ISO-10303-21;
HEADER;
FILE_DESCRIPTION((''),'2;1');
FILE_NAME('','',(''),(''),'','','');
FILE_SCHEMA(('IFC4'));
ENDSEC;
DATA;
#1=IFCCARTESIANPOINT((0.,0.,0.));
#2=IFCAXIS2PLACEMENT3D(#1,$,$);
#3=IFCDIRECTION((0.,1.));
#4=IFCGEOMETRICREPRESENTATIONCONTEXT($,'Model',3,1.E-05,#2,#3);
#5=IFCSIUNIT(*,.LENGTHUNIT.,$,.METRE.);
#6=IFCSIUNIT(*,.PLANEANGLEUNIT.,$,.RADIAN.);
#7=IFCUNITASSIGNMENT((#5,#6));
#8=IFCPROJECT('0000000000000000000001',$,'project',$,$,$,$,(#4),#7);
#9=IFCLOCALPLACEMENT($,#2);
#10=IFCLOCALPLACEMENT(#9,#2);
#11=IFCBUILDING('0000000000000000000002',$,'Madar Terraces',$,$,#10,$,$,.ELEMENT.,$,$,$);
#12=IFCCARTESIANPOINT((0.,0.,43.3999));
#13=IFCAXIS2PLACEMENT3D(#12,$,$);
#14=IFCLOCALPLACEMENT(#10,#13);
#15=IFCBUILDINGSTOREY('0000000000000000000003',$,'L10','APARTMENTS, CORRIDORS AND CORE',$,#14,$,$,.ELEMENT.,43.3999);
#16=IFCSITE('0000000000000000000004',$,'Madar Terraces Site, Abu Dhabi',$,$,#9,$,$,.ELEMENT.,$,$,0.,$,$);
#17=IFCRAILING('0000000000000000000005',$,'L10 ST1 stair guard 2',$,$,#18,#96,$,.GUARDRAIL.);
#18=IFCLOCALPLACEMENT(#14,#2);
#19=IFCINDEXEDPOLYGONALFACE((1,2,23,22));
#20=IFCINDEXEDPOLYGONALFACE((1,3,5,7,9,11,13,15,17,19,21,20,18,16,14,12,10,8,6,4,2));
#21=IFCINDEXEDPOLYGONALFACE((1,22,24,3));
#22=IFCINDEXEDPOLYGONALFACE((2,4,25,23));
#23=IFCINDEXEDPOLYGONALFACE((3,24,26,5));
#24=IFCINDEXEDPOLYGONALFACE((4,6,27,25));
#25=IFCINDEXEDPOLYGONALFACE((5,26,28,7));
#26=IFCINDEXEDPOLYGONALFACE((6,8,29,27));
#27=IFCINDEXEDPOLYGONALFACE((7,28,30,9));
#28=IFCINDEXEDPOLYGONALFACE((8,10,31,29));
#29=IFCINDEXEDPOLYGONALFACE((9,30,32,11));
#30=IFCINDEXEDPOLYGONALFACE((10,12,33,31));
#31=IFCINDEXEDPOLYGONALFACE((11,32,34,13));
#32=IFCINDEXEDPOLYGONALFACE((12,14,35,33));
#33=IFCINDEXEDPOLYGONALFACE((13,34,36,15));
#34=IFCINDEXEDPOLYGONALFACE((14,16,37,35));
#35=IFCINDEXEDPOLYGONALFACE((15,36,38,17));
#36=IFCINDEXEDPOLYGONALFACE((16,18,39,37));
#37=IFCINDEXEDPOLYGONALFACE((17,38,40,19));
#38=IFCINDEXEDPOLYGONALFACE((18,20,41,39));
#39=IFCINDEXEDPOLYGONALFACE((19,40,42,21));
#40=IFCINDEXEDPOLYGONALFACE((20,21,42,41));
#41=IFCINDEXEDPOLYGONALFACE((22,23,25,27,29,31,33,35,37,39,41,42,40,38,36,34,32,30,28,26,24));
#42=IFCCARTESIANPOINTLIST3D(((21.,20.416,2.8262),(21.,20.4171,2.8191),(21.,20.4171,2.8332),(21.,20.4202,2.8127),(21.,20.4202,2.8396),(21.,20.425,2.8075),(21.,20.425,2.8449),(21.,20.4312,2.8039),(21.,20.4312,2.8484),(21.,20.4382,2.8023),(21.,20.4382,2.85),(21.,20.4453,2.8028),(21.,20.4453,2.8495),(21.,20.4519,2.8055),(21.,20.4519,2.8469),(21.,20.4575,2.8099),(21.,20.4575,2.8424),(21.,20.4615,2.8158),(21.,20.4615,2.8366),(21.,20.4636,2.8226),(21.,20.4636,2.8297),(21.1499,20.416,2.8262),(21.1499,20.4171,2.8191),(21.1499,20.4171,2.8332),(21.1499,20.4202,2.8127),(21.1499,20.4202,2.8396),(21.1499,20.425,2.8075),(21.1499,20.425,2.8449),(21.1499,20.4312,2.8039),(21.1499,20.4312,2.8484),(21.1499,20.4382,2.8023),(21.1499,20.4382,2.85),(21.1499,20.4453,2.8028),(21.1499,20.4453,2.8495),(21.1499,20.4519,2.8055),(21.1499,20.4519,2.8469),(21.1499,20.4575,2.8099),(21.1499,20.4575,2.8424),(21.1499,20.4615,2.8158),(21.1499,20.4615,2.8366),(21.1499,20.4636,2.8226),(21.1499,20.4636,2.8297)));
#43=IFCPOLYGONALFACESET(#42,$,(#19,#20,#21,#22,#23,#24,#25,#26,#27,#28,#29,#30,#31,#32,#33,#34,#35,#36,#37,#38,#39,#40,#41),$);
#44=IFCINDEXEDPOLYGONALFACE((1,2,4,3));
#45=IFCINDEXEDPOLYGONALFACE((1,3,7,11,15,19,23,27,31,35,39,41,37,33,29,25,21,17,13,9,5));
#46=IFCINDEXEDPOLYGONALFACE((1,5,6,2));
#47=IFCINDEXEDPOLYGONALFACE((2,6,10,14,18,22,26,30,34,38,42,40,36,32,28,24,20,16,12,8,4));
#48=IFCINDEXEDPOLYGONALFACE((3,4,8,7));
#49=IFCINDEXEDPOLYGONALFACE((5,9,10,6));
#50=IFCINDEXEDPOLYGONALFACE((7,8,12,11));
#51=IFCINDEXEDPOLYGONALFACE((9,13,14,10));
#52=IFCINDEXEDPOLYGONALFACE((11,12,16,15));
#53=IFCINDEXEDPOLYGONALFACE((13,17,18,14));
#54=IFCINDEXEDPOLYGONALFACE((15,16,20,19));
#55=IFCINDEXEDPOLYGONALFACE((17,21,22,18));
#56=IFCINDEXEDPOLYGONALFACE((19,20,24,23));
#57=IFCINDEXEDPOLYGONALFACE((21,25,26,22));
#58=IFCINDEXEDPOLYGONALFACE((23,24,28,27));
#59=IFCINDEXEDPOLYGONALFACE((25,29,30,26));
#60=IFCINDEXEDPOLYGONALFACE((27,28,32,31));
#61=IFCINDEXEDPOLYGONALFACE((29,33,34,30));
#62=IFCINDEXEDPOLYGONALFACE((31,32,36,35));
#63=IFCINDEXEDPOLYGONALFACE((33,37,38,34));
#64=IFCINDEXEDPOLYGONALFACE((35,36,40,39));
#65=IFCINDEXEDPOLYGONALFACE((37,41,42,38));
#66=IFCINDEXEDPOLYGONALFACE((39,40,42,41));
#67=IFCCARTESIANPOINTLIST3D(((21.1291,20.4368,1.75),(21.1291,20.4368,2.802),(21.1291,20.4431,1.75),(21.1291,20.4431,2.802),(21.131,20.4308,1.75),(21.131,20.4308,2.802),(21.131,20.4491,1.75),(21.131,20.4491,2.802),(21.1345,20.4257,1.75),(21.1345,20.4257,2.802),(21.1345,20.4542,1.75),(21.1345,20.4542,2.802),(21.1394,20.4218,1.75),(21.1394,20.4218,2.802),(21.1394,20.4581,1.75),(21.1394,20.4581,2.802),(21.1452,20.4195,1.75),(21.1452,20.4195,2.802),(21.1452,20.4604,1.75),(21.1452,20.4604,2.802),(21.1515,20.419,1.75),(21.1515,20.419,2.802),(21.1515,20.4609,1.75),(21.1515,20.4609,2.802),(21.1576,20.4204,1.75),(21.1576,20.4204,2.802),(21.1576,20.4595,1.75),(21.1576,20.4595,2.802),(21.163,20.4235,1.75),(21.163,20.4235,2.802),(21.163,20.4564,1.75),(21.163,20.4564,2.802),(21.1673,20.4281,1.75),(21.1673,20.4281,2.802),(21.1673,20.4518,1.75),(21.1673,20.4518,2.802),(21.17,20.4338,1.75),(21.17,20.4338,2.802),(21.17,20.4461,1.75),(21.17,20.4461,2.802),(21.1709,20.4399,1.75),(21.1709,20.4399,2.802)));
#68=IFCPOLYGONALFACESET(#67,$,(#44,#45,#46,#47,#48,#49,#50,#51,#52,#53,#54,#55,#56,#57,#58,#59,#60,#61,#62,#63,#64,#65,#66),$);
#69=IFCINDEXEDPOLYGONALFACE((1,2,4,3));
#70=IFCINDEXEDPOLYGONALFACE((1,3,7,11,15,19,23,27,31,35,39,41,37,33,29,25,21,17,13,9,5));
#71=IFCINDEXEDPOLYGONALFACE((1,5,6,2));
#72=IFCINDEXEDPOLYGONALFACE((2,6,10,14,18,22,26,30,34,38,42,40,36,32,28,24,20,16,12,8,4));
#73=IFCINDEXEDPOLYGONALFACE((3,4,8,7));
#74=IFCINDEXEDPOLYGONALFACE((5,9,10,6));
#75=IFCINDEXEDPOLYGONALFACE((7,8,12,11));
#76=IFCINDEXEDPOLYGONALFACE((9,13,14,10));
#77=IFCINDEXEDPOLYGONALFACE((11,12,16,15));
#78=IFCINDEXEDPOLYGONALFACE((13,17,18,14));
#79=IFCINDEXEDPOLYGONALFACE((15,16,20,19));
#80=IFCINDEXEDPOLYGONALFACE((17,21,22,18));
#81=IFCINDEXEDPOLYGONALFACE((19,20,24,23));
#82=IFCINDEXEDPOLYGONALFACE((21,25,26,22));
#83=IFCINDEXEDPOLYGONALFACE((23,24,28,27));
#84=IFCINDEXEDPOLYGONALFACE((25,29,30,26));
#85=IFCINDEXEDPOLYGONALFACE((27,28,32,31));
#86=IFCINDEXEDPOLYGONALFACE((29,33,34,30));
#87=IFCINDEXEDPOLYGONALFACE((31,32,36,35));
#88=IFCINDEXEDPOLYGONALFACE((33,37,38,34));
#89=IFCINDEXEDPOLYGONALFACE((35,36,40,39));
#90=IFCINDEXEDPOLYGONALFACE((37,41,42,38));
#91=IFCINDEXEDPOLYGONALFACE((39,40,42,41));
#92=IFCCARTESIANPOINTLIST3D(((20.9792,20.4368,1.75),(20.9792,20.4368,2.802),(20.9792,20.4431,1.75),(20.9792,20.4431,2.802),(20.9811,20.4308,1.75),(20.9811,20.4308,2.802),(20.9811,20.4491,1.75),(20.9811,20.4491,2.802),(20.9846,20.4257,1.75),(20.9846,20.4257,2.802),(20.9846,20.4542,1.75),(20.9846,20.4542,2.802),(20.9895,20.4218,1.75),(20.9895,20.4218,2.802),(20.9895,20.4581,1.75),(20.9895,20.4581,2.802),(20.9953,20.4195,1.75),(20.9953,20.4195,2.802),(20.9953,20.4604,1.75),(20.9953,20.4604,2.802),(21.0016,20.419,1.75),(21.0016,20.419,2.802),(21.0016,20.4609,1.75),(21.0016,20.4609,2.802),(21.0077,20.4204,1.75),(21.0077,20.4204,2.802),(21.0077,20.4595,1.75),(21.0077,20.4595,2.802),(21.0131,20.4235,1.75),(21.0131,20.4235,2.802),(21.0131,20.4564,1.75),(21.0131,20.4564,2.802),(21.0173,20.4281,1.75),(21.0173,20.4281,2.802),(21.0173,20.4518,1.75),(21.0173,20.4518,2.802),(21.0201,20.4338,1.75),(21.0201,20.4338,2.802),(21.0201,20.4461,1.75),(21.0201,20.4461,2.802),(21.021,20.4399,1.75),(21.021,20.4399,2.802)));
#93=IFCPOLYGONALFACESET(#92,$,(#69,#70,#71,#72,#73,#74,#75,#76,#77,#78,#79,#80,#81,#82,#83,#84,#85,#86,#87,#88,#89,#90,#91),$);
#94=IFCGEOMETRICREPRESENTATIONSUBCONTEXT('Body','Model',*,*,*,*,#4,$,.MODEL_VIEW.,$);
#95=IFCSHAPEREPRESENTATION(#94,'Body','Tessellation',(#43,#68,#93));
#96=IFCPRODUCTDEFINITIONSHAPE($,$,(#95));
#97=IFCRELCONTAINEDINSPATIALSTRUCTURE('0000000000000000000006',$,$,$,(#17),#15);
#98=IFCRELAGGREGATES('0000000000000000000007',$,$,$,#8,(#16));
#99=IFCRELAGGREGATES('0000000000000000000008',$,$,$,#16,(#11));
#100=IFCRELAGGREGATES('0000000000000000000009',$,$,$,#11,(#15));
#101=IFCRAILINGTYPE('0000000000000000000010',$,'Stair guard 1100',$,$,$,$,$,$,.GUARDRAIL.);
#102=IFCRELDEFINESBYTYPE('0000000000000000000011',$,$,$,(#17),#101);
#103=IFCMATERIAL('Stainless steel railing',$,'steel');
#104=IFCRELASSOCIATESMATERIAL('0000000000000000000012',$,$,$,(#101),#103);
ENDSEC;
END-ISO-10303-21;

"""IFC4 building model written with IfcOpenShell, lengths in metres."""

from ifc_helpers import new_model, si_unit, direction, frame, origin, origin_2d, place, context, subcontext, project, spatial, circle, extrude, material, type_object, element, save


model = new_model("IFC4")

# Units and contexts
model_context = context("Model", 3, precision=1e-05, world=origin(), true_north=direction((0.0, 1.0)))
body_context = subcontext(model_context, "Body", "Model", "MODEL_VIEW")
ifc_project = project(units=[si_unit("LENGTHUNIT", "METRE"), si_unit("PLANEANGLEUNIT", "RADIAN")], contexts=[model_context])

# Site, building, storey
site_placement = place(None, origin())
site = spatial("IfcSite", under=ifc_project, at=site_placement, Name="Madar Terraces Site, Abu Dhabi", CompositionType="ELEMENT", RefElevation=0.0)
building_placement = place(site_placement, origin())
building = spatial("IfcBuilding", under=site, at=building_placement, Name="Madar Terraces", CompositionType="ELEMENT")
storey_placement = place(building_placement, frame((0.0, 0.0, 43.3999)))
storey = spatial("IfcBuildingStorey", under=building, at=storey_placement, Name="L10", Description="APARTMENTS, CORRIDORS AND CORE", CompositionType="ELEMENT", Elevation=43.3999)

# Railing
ifc_material_1 = material(Name="Stainless steel railing", Category="steel")
railing_type = type_object("IfcRailingType", Name="Stair guard 1100", PredefinedType="GUARDRAIL", material=ifc_material_1)
railing_placement = place(storey_placement, frame((21.1499, 20.4399, 1.75)))
element("IfcRailing", 1, at=railing_placement, inside=storey, type_object=railing_type, Name="L10 ST1 stair guard 2", PredefinedType="GUARDRAIL", context=body_context, shape_type="SweptSolid", body=[
    extrude(circle(Radius=0.0239, at=origin_2d()), frame((0.0, 0.0, 1.0762), z_axis=(-1.0, 0.0, 0.0), x_axis=(0.0, -1.0, 0.0)), (0.0, 0.0, 1.0), 0.1499),
    extrude(circle(Radius=0.021, at=origin_2d()), origin(), (0.0, 0.0, 1.0), 1.052),
    extrude(circle(Radius=0.021, at=origin_2d()), frame((-0.1499, 0.0, 0.0)), (0.0, 0.0, 1.0), 1.052),
])

save(model, "model.ifc")
